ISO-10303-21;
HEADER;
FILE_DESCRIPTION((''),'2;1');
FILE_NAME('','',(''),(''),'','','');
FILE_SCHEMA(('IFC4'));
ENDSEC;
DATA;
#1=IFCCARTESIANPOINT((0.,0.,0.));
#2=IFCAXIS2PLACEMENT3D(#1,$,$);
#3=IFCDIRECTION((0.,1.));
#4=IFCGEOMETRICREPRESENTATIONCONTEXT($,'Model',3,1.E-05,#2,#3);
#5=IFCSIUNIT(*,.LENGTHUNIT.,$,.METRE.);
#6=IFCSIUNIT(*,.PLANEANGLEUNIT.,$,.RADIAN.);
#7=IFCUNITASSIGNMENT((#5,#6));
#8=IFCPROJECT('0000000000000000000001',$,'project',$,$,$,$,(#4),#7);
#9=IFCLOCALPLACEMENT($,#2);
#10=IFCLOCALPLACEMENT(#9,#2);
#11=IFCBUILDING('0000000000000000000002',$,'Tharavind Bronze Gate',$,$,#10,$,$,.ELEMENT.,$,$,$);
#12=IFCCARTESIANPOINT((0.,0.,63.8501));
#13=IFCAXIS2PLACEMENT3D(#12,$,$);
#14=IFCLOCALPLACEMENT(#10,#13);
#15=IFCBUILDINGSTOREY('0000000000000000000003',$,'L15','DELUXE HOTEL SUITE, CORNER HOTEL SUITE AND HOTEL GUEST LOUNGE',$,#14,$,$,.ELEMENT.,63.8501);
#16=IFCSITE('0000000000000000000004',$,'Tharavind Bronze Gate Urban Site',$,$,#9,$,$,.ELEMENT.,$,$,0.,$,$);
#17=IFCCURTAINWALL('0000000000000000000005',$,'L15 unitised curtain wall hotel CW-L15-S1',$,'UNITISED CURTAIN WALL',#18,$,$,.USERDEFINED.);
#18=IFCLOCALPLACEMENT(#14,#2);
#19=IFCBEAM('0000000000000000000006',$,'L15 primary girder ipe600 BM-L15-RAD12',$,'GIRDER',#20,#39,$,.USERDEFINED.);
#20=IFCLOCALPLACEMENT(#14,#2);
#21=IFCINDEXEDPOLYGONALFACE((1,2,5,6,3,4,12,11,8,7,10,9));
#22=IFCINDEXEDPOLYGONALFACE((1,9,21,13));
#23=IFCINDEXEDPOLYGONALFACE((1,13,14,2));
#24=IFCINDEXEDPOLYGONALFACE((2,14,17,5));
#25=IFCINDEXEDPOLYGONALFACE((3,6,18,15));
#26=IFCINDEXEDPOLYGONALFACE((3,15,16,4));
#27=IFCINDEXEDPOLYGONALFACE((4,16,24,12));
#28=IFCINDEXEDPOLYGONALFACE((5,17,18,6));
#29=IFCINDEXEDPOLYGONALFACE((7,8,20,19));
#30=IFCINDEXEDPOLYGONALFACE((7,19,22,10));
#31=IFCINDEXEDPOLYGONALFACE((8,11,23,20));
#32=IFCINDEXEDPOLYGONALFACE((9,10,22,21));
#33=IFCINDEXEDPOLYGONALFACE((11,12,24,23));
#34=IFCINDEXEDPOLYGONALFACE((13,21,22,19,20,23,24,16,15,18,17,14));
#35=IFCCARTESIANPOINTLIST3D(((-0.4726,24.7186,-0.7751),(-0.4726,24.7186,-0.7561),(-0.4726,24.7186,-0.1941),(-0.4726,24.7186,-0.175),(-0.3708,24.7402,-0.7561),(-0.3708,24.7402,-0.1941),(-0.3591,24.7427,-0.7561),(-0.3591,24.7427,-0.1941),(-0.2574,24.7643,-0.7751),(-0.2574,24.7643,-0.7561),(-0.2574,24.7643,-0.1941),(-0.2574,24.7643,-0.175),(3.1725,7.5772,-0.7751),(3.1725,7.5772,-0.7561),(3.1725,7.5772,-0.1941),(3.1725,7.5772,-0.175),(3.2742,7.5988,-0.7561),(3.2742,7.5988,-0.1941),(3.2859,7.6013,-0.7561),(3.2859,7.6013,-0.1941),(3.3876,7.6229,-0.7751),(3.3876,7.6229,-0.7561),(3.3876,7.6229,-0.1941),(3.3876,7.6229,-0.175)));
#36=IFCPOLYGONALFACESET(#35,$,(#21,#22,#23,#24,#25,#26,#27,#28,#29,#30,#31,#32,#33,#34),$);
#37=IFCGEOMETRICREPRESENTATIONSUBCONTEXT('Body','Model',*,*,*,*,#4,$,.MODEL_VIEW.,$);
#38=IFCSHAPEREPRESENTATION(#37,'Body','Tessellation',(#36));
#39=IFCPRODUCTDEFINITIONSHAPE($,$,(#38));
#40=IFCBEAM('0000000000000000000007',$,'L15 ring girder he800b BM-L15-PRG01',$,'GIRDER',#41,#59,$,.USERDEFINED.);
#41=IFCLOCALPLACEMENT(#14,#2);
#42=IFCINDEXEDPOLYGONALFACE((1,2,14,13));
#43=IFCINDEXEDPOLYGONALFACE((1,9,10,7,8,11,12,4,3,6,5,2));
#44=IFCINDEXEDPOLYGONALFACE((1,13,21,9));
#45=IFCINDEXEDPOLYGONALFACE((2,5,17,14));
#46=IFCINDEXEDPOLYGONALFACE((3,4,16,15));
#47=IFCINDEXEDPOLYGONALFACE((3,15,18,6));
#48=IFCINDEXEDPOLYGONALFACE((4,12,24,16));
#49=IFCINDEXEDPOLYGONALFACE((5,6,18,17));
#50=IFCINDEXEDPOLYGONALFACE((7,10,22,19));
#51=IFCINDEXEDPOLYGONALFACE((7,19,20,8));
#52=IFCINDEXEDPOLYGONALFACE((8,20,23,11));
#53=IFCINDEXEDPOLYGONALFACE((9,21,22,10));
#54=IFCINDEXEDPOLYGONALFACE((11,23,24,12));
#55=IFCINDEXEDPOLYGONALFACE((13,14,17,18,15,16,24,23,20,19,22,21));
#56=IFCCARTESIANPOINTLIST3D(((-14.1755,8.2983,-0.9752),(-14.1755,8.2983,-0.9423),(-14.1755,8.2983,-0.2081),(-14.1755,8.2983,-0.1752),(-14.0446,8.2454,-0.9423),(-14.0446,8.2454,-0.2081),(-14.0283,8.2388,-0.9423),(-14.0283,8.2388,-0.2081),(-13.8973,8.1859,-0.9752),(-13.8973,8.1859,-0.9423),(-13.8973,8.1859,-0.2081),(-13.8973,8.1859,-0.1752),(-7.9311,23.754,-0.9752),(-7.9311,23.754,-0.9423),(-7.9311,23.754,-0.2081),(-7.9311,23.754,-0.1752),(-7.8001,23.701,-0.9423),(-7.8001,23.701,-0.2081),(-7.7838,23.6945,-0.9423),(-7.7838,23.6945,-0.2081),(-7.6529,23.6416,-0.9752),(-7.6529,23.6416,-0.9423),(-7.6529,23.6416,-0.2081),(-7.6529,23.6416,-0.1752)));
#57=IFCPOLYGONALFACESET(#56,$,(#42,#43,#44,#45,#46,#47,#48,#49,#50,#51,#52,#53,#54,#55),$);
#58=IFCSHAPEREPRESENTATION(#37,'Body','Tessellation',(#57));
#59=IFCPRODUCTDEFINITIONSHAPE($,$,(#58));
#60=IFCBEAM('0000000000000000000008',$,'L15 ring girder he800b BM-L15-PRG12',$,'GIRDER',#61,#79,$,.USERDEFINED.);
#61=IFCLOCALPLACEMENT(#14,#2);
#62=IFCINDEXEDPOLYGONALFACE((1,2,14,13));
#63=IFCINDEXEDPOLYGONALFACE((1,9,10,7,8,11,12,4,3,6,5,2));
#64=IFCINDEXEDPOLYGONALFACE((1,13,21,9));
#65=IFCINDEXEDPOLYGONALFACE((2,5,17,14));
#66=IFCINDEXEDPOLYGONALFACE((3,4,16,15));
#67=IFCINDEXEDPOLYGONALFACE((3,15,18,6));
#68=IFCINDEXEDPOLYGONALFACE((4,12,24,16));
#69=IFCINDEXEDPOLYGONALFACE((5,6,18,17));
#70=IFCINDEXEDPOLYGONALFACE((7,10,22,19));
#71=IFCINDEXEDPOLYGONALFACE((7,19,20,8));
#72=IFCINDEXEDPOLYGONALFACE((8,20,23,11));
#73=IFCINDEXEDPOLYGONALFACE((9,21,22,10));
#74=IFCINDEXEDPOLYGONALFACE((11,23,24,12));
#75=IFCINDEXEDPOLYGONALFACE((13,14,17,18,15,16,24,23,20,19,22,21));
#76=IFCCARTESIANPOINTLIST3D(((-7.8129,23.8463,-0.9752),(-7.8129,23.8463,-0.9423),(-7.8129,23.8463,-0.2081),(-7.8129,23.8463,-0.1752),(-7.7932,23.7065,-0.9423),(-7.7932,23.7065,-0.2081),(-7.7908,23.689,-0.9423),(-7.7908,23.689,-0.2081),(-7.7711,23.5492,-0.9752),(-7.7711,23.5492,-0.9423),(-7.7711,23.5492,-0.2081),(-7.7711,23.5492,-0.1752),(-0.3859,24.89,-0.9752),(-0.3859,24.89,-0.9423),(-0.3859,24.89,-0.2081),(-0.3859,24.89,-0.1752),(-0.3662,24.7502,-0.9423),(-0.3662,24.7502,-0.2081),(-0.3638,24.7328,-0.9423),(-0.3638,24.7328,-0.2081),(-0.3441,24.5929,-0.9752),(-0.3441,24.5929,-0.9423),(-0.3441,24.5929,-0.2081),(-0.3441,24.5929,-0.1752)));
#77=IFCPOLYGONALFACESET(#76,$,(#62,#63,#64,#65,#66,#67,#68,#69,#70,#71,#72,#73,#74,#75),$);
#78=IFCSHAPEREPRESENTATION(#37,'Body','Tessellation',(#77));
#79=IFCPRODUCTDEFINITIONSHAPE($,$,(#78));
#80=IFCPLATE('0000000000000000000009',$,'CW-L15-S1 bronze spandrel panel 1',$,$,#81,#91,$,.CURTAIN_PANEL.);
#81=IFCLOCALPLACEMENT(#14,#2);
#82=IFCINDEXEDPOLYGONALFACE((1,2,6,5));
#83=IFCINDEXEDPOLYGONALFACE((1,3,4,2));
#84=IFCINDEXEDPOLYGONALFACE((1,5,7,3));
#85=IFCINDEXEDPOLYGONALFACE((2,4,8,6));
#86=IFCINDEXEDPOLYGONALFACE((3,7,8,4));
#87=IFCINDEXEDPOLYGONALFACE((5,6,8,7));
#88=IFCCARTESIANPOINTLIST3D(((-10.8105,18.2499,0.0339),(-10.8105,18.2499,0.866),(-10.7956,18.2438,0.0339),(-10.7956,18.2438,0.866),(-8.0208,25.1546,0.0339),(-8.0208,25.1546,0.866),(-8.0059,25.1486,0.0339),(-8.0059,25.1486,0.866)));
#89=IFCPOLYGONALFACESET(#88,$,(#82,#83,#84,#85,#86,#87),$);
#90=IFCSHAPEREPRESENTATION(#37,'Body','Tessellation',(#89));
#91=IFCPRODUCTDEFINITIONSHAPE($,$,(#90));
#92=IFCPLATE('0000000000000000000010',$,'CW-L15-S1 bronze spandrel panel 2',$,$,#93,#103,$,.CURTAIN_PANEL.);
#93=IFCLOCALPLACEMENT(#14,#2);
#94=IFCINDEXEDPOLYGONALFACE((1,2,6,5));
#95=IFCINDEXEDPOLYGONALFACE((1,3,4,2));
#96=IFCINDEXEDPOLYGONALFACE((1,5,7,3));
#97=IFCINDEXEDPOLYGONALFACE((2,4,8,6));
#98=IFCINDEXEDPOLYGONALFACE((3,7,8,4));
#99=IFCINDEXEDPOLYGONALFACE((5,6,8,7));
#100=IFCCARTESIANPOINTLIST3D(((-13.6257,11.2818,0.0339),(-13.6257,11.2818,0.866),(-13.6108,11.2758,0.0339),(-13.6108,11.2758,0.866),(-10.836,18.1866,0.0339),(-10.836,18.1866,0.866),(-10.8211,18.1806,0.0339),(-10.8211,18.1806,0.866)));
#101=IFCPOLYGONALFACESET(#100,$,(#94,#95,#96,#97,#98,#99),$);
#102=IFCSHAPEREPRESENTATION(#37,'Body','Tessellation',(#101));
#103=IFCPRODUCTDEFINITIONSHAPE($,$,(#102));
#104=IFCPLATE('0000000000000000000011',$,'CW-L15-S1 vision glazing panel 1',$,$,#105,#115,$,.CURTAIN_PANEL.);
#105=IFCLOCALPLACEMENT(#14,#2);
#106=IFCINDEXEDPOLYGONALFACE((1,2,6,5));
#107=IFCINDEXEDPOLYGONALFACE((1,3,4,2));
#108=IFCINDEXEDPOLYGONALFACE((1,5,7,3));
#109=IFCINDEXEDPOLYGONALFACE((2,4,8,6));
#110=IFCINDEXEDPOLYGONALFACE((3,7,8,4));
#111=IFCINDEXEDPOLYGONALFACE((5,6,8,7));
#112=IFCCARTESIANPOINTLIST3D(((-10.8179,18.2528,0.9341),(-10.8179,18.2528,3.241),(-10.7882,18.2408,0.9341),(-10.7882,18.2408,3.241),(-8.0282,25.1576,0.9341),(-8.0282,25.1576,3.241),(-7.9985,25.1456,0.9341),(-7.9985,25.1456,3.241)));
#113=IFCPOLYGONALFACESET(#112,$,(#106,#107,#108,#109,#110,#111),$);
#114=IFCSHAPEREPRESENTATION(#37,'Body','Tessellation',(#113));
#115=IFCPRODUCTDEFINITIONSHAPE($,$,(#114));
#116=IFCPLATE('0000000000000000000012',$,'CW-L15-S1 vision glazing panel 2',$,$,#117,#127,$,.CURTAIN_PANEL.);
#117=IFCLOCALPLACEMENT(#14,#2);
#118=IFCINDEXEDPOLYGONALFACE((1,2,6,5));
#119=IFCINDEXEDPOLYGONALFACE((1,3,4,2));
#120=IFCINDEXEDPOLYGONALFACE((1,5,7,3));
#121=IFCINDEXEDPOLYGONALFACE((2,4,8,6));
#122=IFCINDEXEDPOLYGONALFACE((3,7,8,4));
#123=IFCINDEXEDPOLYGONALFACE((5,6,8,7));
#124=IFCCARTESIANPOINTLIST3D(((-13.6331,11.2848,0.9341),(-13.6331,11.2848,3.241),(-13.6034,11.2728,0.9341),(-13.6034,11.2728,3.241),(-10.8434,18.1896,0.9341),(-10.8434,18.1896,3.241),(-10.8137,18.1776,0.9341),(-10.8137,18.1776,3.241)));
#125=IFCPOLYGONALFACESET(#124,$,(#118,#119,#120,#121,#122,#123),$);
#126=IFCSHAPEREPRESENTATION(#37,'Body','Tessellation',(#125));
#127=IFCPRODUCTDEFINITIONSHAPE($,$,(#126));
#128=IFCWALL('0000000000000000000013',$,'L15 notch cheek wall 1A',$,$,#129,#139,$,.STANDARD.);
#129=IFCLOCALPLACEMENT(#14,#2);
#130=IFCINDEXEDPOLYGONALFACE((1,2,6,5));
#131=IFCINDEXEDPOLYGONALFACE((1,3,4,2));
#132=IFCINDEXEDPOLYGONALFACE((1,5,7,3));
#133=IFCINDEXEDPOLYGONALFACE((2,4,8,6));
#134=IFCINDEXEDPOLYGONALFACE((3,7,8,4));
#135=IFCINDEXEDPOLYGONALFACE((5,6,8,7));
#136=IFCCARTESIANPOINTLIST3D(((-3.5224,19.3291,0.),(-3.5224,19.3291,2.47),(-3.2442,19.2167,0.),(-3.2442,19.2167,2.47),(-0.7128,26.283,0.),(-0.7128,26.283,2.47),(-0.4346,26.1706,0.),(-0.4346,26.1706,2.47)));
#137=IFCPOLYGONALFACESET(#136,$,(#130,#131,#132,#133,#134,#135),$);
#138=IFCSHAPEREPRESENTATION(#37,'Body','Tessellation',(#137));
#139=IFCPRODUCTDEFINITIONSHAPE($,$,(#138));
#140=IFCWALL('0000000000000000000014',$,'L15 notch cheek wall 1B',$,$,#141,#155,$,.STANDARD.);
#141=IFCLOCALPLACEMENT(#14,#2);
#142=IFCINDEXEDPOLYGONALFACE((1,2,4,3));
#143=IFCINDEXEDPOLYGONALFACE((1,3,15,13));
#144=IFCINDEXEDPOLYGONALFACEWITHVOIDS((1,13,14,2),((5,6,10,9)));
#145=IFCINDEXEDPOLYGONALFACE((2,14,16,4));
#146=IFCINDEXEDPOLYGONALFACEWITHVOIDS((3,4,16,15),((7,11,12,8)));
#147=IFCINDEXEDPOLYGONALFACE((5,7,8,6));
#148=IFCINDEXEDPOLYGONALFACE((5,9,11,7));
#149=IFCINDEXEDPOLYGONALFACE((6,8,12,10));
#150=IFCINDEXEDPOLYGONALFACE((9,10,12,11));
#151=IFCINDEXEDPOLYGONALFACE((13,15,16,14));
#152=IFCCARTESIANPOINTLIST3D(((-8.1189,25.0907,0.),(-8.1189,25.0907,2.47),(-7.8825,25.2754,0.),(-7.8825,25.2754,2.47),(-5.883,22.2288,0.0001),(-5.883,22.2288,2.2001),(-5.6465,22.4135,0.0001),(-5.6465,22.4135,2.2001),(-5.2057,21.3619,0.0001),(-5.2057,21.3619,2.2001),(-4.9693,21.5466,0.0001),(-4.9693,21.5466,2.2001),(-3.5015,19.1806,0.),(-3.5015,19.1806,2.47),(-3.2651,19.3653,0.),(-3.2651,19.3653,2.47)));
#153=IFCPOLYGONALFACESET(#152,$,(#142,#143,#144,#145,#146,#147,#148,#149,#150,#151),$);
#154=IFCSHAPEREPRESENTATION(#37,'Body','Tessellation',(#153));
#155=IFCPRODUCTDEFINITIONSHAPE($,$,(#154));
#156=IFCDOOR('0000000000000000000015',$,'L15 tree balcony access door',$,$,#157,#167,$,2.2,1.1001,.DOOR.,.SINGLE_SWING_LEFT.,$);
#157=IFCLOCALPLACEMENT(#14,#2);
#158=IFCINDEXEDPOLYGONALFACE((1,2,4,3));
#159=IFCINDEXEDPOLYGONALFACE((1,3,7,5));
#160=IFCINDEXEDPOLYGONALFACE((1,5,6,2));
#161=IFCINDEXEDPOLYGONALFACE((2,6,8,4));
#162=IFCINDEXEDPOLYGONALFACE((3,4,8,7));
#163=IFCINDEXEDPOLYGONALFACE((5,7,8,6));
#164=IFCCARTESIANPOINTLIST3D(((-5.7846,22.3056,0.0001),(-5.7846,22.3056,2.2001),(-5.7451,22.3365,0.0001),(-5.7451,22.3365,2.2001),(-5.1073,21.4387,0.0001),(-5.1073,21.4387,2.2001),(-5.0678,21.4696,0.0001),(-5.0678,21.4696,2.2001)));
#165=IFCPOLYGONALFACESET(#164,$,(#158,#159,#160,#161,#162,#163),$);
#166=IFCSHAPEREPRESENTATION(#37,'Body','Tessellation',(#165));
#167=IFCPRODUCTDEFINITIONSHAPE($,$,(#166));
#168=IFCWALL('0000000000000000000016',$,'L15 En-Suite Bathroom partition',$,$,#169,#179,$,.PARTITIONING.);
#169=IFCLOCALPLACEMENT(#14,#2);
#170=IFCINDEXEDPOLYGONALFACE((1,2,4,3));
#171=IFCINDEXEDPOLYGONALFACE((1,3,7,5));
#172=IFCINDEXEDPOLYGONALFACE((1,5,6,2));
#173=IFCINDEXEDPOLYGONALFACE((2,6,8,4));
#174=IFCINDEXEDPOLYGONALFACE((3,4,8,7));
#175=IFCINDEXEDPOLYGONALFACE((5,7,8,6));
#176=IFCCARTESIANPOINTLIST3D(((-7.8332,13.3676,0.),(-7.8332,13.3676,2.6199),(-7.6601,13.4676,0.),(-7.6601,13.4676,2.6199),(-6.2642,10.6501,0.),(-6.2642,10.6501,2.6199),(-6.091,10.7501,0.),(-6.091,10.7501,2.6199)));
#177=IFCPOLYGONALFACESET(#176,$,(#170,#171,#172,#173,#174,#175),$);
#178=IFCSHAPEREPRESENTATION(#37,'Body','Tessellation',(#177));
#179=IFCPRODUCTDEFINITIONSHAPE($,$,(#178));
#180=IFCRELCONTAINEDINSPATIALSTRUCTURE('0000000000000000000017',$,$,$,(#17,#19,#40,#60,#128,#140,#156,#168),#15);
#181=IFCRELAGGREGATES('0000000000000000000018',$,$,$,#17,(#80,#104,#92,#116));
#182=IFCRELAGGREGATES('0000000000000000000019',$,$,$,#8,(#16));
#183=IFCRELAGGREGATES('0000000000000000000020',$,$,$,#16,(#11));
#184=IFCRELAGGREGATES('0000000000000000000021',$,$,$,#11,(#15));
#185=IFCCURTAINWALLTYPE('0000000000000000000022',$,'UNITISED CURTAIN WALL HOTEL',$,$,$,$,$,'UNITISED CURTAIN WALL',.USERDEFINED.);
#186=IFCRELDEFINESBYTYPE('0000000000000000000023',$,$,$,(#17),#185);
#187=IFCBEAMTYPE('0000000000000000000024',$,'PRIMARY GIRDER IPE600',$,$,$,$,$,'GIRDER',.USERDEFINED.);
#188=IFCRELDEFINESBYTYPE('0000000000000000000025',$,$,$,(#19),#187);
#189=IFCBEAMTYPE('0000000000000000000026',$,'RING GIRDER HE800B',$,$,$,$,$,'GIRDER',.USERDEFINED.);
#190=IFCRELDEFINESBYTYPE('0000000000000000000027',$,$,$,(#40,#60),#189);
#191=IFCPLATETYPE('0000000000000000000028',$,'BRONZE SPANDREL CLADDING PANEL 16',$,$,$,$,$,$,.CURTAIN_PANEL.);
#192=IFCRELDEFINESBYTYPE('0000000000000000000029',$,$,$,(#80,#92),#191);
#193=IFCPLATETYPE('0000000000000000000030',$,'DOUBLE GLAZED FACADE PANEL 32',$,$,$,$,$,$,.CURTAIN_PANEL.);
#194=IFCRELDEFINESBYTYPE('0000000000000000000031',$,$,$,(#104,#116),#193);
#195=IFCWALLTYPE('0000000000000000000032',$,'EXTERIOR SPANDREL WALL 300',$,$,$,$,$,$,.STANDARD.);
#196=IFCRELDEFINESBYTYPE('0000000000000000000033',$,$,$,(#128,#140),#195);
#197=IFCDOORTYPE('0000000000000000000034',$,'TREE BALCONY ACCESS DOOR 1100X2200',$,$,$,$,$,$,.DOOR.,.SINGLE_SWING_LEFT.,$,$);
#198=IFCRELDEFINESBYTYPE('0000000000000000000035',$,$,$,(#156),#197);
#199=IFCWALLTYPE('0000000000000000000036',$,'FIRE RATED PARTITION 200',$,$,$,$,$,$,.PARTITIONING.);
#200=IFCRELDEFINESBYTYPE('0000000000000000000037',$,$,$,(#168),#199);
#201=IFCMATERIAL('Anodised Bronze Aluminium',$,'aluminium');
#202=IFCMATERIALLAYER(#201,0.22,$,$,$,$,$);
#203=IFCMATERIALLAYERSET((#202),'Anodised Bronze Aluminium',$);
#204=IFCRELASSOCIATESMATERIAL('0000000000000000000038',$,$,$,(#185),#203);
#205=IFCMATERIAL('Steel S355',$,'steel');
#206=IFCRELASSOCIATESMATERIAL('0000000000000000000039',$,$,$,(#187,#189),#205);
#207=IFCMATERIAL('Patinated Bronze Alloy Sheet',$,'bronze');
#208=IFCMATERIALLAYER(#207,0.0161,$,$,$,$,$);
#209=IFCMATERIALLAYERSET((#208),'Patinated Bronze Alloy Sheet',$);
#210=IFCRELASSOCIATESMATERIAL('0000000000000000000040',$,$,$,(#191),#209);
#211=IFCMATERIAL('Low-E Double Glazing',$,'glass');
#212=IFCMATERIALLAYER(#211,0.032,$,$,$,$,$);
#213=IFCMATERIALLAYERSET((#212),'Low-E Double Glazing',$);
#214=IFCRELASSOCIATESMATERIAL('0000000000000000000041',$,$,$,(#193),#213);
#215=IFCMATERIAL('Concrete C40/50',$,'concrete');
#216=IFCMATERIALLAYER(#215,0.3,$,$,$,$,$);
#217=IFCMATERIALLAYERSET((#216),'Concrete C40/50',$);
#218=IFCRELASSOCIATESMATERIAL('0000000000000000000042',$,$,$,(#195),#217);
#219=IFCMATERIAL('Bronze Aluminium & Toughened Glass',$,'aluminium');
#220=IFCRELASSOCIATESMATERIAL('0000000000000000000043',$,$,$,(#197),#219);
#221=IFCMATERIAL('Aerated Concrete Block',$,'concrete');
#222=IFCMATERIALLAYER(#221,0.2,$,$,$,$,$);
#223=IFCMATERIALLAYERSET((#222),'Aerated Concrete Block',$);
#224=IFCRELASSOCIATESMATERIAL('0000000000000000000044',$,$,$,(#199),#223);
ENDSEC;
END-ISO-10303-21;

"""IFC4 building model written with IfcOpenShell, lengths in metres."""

from ifc_helpers import new_model, si_unit, direction, frame, frame_2d, origin, origin_2d, place, context, subcontext, project, spatial, rectangle, i_section, extrude, material, layer, layer_set, material_profile, profile_set, type_object, element, fill, aggregate, save


model = new_model("IFC4")

# Units and contexts
model_context = context("Model", 3, precision=1e-05, world=origin(), true_north=direction((0.0, 1.0)))
body_context = subcontext(model_context, "Body", "Model", "MODEL_VIEW")
ifc_project = project(units=[si_unit("LENGTHUNIT", "METRE"), si_unit("PLANEANGLEUNIT", "RADIAN")], contexts=[model_context])

# Site, building, storey
site_placement = place(None, origin())
site = spatial("IfcSite", under=ifc_project, at=site_placement, Name="Tharavind Bronze Gate Urban Site", CompositionType="ELEMENT", RefElevation=0.0)
building_placement = place(site_placement, origin())
building = spatial("IfcBuilding", under=site, at=building_placement, Name="Tharavind Bronze Gate", CompositionType="ELEMENT")
storey_placement = place(building_placement, frame((0.0, 0.0, 63.8501)))
storey = spatial("IfcBuildingStorey", under=building, at=storey_placement, Name="L15", Description="DELUXE HOTEL SUITE, CORNER HOTEL SUITE AND HOTEL GUEST LOUNGE", CompositionType="ELEMENT", Elevation=63.8501)

# Curtain wall
ifc_material_1 = material(Name="Anodised Bronze Aluminium", Category="aluminium")
ifc_layer_1 = layer(ifc_material_1, 0.22)
ifc_layer_set_1 = layer_set([ifc_layer_1], Name="Anodised Bronze Aluminium")
curtain_wall_type = type_object("IfcCurtainWallType", Name="UNITISED CURTAIN WALL HOTEL", ElementType="UNITISED CURTAIN WALL", PredefinedType="USERDEFINED", material=ifc_layer_set_1)
curtain_wall_1_placement = place(storey_placement, origin())
curtain_wall_1 = element("IfcCurtainWall", 1, at=curtain_wall_1_placement, inside=storey, type_object=curtain_wall_type, Name="L15 unitised curtain wall hotel CW-L15-S1", ObjectType="UNITISED CURTAIN WALL", PredefinedType="USERDEFINED")

# Beams
ifc_material_2 = material(Name="Steel S355", Category="steel")
ifc_material_profile_1 = material_profile(ifc_material_2, i_section(OverallWidth=0.22, OverallDepth=0.6001, WebThickness=0.012, FlangeThickness=0.019, at=origin_2d()), Name="IPE600")
ifc_profile_set_1 = profile_set([ifc_material_profile_1], Name="Steel S355")
beam_type_1 = type_object("IfcBeamType", Name="PRIMARY GIRDER IPE600", ElementType="GIRDER", PredefinedType="USERDEFINED", material=ifc_profile_set_1)
beam_1_placement = place(storey_placement, frame((-0.365, 24.7415, -0.4751), z_axis=(0.207994, -0.97813, 0.0), x_axis=(0.97813, 0.207994, 0.0)))
element("IfcBeam", 2, at=beam_1_placement, inside=storey, type_object=beam_type_1, Name="L15 primary girder ipe600 BM-L15-RAD12", ObjectType="GIRDER", PredefinedType="USERDEFINED", context=body_context, shape_type="SweptSolid", body=[
    extrude(i_section(OverallWidth=0.22, OverallDepth=0.6001, WebThickness=0.012, FlangeThickness=0.019, at=origin_2d()), origin(), (0.0, 0.0, 1.0), 17.5247),
])
ifc_material_profile_2 = material_profile(ifc_material_2, i_section(OverallWidth=0.3, OverallDepth=0.8, WebThickness=0.0176, FlangeThickness=0.033, at=origin_2d()), Name="HE800B")
ifc_profile_set_2 = profile_set([ifc_material_profile_2], Name="Steel S355")
beam_type_2 = type_object("IfcBeamType", Name="RING GIRDER HE800B", ElementType="GIRDER", PredefinedType="USERDEFINED", material=ifc_profile_set_2)
beam_2_placement = place(storey_placement, frame((-7.792, 23.6978, -0.5752), z_axis=(-0.374603, -0.927185, 0.0), x_axis=(0.927185, -0.374603, 0.0)))
element("IfcBeam", 3, at=beam_2_placement, inside=storey, type_object=beam_type_2, Name="L15 ring girder he800b BM-L15-PRG01", ObjectType="GIRDER", PredefinedType="USERDEFINED", context=body_context, shape_type="SweptSolid", body=[
    extrude(i_section(OverallWidth=0.3, OverallDepth=0.8, WebThickness=0.0176, FlangeThickness=0.033, at=origin_2d()), origin(), (0.0, 0.0, 1.0), 16.6694),
])
beam_3_placement = place(storey_placement, frame((-0.365, 24.7415, -0.5752), z_axis=(-0.99027, -0.139161, 0.0), x_axis=(0.139161, -0.99027, 0.0)))
element("IfcBeam", 4, at=beam_3_placement, inside=storey, type_object=beam_type_2, Name="L15 ring girder he800b BM-L15-PRG12", ObjectType="GIRDER", PredefinedType="USERDEFINED", context=body_context, shape_type="SweptSolid", body=[
    extrude(i_section(OverallWidth=0.3, OverallDepth=0.8, WebThickness=0.0176, FlangeThickness=0.033, at=origin_2d()), origin(), (0.0, 0.0, 1.0), 7.5),
])

# Plates
ifc_material_3 = material(Name="Patinated Bronze Alloy Sheet", Category="bronze")
ifc_layer_2 = layer(ifc_material_3, 0.0161)
ifc_layer_set_2 = layer_set([ifc_layer_2], Name="Patinated Bronze Alloy Sheet")
plate_type_1 = type_object("IfcPlateType", Name="BRONZE SPANDREL CLADDING PANEL 16", PredefinedType="CURTAIN_PANEL", material=ifc_layer_set_2)
plate_1_placement = place(storey_placement, frame((-9.4082, 21.6992, 0.0339), z_axis=(0.0, 0.0, 1.0), x_axis=(-0.374607, -0.927184, 0.0)))
plate_1 = element("IfcPlate", 5, at=plate_1_placement, type_object=plate_type_1, Name="CW-L15-S1 bronze spandrel panel 1", PredefinedType="CURTAIN_PANEL", context=body_context, shape_type="SweptSolid", body=[
    extrude(rectangle(XDim=7.447, YDim=0.0161, at=origin_2d()), origin(), (0.0, 0.0, 1.0), 0.832),
])
plate_2_placement = place(storey_placement, frame((-12.2234, 14.7312, 0.0339), z_axis=(0.0, 0.0, 1.0), x_axis=(-0.374607, -0.927184, 0.0)))
plate_2 = element("IfcPlate", 6, at=plate_2_placement, type_object=plate_type_1, Name="CW-L15-S1 bronze spandrel panel 2", PredefinedType="CURTAIN_PANEL", context=body_context, shape_type="SweptSolid", body=[
    extrude(rectangle(XDim=7.447, YDim=0.0161, at=origin_2d()), origin(), (0.0, 0.0, 1.0), 0.832),
])
ifc_material_4 = material(Name="Low-E Double Glazing", Category="glass")
ifc_layer_3 = layer(ifc_material_4, 0.032)
ifc_layer_set_3 = layer_set([ifc_layer_3], Name="Low-E Double Glazing")
plate_type_2 = type_object("IfcPlateType", Name="DOUBLE GLAZED FACADE PANEL 32", PredefinedType="CURTAIN_PANEL", material=ifc_layer_set_3)
plate_3_placement = place(storey_placement, frame((-9.4082, 21.6992, 0.9341), z_axis=(0.0, 0.0, 1.0), x_axis=(-0.374607, -0.927184, 0.0)))
plate_3 = element("IfcPlate", 7, at=plate_3_placement, type_object=plate_type_2, Name="CW-L15-S1 vision glazing panel 1", PredefinedType="CURTAIN_PANEL", context=body_context, shape_type="SweptSolid", body=[
    extrude(rectangle(XDim=7.447, YDim=0.032, at=origin_2d()), origin(), (0.0, 0.0, 1.0), 2.3069),
])
plate_4_placement = place(storey_placement, frame((-12.2234, 14.7312, 0.9341), z_axis=(0.0, 0.0, 1.0), x_axis=(-0.374607, -0.927184, 0.0)))
plate_4 = element("IfcPlate", 8, at=plate_4_placement, type_object=plate_type_2, Name="CW-L15-S1 vision glazing panel 2", PredefinedType="CURTAIN_PANEL", context=body_context, shape_type="SweptSolid", body=[
    extrude(rectangle(XDim=7.447, YDim=0.032, at=origin_2d()), origin(), (0.0, 0.0, 1.0), 2.3069),
])
aggregate(curtain_wall_1, [plate_1, plate_3, plate_2, plate_4])

# Wall
ifc_material_5 = material(Name="Concrete C40/50", Category="concrete")
ifc_layer_4 = layer(ifc_material_5, 0.3)
ifc_layer_set_4 = layer_set([ifc_layer_4], Name="Concrete C40/50")
wall_type_1 = type_object("IfcWallType", Name="EXTERIOR SPANDREL WALL 300", PredefinedType="STANDARD", material=ifc_layer_set_4)
wall_1_placement = place(storey_placement, frame((-0.5737, 26.2268, 0.0), z_axis=(0.0, 0.0, 1.0), x_axis=(-0.37461, -0.927182, 0.0)))
element("IfcWall", 9, at=wall_1_placement, inside=storey, type_object=wall_type_1, Name="L15 notch cheek wall 1A", PredefinedType="STANDARD", context=body_context, shape_type="SweptSolid", body=[
    extrude(rectangle(XDim=7.5, YDim=0.3, at=frame_2d((3.75, 0.0))), origin(), (0.0, 0.0, 1.0), 2.47),
])

# Wall, opening, door
wall_2_placement = place(storey_placement, frame((-3.3833, 19.2729, 0.0), z_axis=(0.0, 0.0, 1.0), x_axis=(-0.615654, 0.788016, 0.0)))
wall_2 = element("IfcWall", 10, at=wall_2_placement, inside=storey, type_object=wall_type_1, Name="L15 notch cheek wall 1B", PredefinedType="STANDARD", context=body_context, shape_type="SweptSolid", body=[
    extrude(rectangle(XDim=7.5, YDim=0.3, at=frame_2d((3.75, 0.0))), origin(), (0.0, 0.0, 1.0), 2.47),
])
opening_placement = place(wall_2_placement, frame((2.7681, 0.0, 0.0)))
opening = element("IfcOpeningElement", 11, at=opening_placement, cuts=wall_2, PredefinedType="OPENING", context=body_context, shape_type="SweptSolid", body=[
    extrude(rectangle(XDim=1.1001, YDim=2.2, at=frame_2d((0.55, 1.1001))), frame((0.0, 0.1599, 0.0), z_axis=(0.0, -1.0, 0.0), x_axis=(1.0, 0.0, 0.0)), (0.0, 0.0, 1.0), 0.32),
])
ifc_material_6 = material(Name="Bronze Aluminium & Toughened Glass", Category="aluminium")
door_type = type_object("IfcDoorType", Name="TREE BALCONY ACCESS DOOR 1100X2200", OperationType="SINGLE_SWING_LEFT", PredefinedType="DOOR", material=ifc_material_6)
door_placement = place(opening_placement, frame((1.1001, 0.0, 0.0), z_axis=(0.0, 0.0, 1.0), x_axis=(-1.0, 0.0, 0.0)))
door = element("IfcDoor", 12, at=door_placement, inside=storey, type_object=door_type, Name="L15 tree balcony access door", OperationType="SINGLE_SWING_LEFT", OverallHeight=2.2, OverallWidth=1.1001, PredefinedType="DOOR", context=body_context, shape_type="SweptSolid", body=[
    extrude(rectangle(XDim=1.1001, YDim=2.2, at=frame_2d((0.55, 1.1001))), frame((0.0, 0.0249, 0.0), z_axis=(0.0, -1.0, 0.0), x_axis=(1.0, 0.0, 0.0)), (0.0, 0.0, 1.0), 0.05),
])
fill(opening, door)

# Wall
ifc_material_7 = material(Name="Aerated Concrete Block", Category="concrete")
ifc_layer_5 = layer(ifc_material_7, 0.2)
ifc_layer_set_5 = layer_set([ifc_layer_5], Name="Aerated Concrete Block")
wall_type_2 = type_object("IfcWallType", Name="FIRE RATED PARTITION 200", PredefinedType="PARTITIONING", material=ifc_layer_set_5)
wall_3_placement = place(storey_placement, frame((-7.7466, 13.4175, 0.0), z_axis=(0.0, 0.0, 1.0), x_axis=(0.50003, -0.866008, 0.0)))
element("IfcWall", 13, at=wall_3_placement, inside=storey, type_object=wall_type_2, Name="L15 En-Suite Bathroom partition", PredefinedType="PARTITIONING", context=body_context, shape_type="SweptSolid", body=[
    extrude(rectangle(XDim=3.1379, YDim=0.2, at=frame_2d((1.5688, 0.0))), origin(), (0.0, 0.0, 1.0), 2.6199),
])

save(model, "model.ifc")
